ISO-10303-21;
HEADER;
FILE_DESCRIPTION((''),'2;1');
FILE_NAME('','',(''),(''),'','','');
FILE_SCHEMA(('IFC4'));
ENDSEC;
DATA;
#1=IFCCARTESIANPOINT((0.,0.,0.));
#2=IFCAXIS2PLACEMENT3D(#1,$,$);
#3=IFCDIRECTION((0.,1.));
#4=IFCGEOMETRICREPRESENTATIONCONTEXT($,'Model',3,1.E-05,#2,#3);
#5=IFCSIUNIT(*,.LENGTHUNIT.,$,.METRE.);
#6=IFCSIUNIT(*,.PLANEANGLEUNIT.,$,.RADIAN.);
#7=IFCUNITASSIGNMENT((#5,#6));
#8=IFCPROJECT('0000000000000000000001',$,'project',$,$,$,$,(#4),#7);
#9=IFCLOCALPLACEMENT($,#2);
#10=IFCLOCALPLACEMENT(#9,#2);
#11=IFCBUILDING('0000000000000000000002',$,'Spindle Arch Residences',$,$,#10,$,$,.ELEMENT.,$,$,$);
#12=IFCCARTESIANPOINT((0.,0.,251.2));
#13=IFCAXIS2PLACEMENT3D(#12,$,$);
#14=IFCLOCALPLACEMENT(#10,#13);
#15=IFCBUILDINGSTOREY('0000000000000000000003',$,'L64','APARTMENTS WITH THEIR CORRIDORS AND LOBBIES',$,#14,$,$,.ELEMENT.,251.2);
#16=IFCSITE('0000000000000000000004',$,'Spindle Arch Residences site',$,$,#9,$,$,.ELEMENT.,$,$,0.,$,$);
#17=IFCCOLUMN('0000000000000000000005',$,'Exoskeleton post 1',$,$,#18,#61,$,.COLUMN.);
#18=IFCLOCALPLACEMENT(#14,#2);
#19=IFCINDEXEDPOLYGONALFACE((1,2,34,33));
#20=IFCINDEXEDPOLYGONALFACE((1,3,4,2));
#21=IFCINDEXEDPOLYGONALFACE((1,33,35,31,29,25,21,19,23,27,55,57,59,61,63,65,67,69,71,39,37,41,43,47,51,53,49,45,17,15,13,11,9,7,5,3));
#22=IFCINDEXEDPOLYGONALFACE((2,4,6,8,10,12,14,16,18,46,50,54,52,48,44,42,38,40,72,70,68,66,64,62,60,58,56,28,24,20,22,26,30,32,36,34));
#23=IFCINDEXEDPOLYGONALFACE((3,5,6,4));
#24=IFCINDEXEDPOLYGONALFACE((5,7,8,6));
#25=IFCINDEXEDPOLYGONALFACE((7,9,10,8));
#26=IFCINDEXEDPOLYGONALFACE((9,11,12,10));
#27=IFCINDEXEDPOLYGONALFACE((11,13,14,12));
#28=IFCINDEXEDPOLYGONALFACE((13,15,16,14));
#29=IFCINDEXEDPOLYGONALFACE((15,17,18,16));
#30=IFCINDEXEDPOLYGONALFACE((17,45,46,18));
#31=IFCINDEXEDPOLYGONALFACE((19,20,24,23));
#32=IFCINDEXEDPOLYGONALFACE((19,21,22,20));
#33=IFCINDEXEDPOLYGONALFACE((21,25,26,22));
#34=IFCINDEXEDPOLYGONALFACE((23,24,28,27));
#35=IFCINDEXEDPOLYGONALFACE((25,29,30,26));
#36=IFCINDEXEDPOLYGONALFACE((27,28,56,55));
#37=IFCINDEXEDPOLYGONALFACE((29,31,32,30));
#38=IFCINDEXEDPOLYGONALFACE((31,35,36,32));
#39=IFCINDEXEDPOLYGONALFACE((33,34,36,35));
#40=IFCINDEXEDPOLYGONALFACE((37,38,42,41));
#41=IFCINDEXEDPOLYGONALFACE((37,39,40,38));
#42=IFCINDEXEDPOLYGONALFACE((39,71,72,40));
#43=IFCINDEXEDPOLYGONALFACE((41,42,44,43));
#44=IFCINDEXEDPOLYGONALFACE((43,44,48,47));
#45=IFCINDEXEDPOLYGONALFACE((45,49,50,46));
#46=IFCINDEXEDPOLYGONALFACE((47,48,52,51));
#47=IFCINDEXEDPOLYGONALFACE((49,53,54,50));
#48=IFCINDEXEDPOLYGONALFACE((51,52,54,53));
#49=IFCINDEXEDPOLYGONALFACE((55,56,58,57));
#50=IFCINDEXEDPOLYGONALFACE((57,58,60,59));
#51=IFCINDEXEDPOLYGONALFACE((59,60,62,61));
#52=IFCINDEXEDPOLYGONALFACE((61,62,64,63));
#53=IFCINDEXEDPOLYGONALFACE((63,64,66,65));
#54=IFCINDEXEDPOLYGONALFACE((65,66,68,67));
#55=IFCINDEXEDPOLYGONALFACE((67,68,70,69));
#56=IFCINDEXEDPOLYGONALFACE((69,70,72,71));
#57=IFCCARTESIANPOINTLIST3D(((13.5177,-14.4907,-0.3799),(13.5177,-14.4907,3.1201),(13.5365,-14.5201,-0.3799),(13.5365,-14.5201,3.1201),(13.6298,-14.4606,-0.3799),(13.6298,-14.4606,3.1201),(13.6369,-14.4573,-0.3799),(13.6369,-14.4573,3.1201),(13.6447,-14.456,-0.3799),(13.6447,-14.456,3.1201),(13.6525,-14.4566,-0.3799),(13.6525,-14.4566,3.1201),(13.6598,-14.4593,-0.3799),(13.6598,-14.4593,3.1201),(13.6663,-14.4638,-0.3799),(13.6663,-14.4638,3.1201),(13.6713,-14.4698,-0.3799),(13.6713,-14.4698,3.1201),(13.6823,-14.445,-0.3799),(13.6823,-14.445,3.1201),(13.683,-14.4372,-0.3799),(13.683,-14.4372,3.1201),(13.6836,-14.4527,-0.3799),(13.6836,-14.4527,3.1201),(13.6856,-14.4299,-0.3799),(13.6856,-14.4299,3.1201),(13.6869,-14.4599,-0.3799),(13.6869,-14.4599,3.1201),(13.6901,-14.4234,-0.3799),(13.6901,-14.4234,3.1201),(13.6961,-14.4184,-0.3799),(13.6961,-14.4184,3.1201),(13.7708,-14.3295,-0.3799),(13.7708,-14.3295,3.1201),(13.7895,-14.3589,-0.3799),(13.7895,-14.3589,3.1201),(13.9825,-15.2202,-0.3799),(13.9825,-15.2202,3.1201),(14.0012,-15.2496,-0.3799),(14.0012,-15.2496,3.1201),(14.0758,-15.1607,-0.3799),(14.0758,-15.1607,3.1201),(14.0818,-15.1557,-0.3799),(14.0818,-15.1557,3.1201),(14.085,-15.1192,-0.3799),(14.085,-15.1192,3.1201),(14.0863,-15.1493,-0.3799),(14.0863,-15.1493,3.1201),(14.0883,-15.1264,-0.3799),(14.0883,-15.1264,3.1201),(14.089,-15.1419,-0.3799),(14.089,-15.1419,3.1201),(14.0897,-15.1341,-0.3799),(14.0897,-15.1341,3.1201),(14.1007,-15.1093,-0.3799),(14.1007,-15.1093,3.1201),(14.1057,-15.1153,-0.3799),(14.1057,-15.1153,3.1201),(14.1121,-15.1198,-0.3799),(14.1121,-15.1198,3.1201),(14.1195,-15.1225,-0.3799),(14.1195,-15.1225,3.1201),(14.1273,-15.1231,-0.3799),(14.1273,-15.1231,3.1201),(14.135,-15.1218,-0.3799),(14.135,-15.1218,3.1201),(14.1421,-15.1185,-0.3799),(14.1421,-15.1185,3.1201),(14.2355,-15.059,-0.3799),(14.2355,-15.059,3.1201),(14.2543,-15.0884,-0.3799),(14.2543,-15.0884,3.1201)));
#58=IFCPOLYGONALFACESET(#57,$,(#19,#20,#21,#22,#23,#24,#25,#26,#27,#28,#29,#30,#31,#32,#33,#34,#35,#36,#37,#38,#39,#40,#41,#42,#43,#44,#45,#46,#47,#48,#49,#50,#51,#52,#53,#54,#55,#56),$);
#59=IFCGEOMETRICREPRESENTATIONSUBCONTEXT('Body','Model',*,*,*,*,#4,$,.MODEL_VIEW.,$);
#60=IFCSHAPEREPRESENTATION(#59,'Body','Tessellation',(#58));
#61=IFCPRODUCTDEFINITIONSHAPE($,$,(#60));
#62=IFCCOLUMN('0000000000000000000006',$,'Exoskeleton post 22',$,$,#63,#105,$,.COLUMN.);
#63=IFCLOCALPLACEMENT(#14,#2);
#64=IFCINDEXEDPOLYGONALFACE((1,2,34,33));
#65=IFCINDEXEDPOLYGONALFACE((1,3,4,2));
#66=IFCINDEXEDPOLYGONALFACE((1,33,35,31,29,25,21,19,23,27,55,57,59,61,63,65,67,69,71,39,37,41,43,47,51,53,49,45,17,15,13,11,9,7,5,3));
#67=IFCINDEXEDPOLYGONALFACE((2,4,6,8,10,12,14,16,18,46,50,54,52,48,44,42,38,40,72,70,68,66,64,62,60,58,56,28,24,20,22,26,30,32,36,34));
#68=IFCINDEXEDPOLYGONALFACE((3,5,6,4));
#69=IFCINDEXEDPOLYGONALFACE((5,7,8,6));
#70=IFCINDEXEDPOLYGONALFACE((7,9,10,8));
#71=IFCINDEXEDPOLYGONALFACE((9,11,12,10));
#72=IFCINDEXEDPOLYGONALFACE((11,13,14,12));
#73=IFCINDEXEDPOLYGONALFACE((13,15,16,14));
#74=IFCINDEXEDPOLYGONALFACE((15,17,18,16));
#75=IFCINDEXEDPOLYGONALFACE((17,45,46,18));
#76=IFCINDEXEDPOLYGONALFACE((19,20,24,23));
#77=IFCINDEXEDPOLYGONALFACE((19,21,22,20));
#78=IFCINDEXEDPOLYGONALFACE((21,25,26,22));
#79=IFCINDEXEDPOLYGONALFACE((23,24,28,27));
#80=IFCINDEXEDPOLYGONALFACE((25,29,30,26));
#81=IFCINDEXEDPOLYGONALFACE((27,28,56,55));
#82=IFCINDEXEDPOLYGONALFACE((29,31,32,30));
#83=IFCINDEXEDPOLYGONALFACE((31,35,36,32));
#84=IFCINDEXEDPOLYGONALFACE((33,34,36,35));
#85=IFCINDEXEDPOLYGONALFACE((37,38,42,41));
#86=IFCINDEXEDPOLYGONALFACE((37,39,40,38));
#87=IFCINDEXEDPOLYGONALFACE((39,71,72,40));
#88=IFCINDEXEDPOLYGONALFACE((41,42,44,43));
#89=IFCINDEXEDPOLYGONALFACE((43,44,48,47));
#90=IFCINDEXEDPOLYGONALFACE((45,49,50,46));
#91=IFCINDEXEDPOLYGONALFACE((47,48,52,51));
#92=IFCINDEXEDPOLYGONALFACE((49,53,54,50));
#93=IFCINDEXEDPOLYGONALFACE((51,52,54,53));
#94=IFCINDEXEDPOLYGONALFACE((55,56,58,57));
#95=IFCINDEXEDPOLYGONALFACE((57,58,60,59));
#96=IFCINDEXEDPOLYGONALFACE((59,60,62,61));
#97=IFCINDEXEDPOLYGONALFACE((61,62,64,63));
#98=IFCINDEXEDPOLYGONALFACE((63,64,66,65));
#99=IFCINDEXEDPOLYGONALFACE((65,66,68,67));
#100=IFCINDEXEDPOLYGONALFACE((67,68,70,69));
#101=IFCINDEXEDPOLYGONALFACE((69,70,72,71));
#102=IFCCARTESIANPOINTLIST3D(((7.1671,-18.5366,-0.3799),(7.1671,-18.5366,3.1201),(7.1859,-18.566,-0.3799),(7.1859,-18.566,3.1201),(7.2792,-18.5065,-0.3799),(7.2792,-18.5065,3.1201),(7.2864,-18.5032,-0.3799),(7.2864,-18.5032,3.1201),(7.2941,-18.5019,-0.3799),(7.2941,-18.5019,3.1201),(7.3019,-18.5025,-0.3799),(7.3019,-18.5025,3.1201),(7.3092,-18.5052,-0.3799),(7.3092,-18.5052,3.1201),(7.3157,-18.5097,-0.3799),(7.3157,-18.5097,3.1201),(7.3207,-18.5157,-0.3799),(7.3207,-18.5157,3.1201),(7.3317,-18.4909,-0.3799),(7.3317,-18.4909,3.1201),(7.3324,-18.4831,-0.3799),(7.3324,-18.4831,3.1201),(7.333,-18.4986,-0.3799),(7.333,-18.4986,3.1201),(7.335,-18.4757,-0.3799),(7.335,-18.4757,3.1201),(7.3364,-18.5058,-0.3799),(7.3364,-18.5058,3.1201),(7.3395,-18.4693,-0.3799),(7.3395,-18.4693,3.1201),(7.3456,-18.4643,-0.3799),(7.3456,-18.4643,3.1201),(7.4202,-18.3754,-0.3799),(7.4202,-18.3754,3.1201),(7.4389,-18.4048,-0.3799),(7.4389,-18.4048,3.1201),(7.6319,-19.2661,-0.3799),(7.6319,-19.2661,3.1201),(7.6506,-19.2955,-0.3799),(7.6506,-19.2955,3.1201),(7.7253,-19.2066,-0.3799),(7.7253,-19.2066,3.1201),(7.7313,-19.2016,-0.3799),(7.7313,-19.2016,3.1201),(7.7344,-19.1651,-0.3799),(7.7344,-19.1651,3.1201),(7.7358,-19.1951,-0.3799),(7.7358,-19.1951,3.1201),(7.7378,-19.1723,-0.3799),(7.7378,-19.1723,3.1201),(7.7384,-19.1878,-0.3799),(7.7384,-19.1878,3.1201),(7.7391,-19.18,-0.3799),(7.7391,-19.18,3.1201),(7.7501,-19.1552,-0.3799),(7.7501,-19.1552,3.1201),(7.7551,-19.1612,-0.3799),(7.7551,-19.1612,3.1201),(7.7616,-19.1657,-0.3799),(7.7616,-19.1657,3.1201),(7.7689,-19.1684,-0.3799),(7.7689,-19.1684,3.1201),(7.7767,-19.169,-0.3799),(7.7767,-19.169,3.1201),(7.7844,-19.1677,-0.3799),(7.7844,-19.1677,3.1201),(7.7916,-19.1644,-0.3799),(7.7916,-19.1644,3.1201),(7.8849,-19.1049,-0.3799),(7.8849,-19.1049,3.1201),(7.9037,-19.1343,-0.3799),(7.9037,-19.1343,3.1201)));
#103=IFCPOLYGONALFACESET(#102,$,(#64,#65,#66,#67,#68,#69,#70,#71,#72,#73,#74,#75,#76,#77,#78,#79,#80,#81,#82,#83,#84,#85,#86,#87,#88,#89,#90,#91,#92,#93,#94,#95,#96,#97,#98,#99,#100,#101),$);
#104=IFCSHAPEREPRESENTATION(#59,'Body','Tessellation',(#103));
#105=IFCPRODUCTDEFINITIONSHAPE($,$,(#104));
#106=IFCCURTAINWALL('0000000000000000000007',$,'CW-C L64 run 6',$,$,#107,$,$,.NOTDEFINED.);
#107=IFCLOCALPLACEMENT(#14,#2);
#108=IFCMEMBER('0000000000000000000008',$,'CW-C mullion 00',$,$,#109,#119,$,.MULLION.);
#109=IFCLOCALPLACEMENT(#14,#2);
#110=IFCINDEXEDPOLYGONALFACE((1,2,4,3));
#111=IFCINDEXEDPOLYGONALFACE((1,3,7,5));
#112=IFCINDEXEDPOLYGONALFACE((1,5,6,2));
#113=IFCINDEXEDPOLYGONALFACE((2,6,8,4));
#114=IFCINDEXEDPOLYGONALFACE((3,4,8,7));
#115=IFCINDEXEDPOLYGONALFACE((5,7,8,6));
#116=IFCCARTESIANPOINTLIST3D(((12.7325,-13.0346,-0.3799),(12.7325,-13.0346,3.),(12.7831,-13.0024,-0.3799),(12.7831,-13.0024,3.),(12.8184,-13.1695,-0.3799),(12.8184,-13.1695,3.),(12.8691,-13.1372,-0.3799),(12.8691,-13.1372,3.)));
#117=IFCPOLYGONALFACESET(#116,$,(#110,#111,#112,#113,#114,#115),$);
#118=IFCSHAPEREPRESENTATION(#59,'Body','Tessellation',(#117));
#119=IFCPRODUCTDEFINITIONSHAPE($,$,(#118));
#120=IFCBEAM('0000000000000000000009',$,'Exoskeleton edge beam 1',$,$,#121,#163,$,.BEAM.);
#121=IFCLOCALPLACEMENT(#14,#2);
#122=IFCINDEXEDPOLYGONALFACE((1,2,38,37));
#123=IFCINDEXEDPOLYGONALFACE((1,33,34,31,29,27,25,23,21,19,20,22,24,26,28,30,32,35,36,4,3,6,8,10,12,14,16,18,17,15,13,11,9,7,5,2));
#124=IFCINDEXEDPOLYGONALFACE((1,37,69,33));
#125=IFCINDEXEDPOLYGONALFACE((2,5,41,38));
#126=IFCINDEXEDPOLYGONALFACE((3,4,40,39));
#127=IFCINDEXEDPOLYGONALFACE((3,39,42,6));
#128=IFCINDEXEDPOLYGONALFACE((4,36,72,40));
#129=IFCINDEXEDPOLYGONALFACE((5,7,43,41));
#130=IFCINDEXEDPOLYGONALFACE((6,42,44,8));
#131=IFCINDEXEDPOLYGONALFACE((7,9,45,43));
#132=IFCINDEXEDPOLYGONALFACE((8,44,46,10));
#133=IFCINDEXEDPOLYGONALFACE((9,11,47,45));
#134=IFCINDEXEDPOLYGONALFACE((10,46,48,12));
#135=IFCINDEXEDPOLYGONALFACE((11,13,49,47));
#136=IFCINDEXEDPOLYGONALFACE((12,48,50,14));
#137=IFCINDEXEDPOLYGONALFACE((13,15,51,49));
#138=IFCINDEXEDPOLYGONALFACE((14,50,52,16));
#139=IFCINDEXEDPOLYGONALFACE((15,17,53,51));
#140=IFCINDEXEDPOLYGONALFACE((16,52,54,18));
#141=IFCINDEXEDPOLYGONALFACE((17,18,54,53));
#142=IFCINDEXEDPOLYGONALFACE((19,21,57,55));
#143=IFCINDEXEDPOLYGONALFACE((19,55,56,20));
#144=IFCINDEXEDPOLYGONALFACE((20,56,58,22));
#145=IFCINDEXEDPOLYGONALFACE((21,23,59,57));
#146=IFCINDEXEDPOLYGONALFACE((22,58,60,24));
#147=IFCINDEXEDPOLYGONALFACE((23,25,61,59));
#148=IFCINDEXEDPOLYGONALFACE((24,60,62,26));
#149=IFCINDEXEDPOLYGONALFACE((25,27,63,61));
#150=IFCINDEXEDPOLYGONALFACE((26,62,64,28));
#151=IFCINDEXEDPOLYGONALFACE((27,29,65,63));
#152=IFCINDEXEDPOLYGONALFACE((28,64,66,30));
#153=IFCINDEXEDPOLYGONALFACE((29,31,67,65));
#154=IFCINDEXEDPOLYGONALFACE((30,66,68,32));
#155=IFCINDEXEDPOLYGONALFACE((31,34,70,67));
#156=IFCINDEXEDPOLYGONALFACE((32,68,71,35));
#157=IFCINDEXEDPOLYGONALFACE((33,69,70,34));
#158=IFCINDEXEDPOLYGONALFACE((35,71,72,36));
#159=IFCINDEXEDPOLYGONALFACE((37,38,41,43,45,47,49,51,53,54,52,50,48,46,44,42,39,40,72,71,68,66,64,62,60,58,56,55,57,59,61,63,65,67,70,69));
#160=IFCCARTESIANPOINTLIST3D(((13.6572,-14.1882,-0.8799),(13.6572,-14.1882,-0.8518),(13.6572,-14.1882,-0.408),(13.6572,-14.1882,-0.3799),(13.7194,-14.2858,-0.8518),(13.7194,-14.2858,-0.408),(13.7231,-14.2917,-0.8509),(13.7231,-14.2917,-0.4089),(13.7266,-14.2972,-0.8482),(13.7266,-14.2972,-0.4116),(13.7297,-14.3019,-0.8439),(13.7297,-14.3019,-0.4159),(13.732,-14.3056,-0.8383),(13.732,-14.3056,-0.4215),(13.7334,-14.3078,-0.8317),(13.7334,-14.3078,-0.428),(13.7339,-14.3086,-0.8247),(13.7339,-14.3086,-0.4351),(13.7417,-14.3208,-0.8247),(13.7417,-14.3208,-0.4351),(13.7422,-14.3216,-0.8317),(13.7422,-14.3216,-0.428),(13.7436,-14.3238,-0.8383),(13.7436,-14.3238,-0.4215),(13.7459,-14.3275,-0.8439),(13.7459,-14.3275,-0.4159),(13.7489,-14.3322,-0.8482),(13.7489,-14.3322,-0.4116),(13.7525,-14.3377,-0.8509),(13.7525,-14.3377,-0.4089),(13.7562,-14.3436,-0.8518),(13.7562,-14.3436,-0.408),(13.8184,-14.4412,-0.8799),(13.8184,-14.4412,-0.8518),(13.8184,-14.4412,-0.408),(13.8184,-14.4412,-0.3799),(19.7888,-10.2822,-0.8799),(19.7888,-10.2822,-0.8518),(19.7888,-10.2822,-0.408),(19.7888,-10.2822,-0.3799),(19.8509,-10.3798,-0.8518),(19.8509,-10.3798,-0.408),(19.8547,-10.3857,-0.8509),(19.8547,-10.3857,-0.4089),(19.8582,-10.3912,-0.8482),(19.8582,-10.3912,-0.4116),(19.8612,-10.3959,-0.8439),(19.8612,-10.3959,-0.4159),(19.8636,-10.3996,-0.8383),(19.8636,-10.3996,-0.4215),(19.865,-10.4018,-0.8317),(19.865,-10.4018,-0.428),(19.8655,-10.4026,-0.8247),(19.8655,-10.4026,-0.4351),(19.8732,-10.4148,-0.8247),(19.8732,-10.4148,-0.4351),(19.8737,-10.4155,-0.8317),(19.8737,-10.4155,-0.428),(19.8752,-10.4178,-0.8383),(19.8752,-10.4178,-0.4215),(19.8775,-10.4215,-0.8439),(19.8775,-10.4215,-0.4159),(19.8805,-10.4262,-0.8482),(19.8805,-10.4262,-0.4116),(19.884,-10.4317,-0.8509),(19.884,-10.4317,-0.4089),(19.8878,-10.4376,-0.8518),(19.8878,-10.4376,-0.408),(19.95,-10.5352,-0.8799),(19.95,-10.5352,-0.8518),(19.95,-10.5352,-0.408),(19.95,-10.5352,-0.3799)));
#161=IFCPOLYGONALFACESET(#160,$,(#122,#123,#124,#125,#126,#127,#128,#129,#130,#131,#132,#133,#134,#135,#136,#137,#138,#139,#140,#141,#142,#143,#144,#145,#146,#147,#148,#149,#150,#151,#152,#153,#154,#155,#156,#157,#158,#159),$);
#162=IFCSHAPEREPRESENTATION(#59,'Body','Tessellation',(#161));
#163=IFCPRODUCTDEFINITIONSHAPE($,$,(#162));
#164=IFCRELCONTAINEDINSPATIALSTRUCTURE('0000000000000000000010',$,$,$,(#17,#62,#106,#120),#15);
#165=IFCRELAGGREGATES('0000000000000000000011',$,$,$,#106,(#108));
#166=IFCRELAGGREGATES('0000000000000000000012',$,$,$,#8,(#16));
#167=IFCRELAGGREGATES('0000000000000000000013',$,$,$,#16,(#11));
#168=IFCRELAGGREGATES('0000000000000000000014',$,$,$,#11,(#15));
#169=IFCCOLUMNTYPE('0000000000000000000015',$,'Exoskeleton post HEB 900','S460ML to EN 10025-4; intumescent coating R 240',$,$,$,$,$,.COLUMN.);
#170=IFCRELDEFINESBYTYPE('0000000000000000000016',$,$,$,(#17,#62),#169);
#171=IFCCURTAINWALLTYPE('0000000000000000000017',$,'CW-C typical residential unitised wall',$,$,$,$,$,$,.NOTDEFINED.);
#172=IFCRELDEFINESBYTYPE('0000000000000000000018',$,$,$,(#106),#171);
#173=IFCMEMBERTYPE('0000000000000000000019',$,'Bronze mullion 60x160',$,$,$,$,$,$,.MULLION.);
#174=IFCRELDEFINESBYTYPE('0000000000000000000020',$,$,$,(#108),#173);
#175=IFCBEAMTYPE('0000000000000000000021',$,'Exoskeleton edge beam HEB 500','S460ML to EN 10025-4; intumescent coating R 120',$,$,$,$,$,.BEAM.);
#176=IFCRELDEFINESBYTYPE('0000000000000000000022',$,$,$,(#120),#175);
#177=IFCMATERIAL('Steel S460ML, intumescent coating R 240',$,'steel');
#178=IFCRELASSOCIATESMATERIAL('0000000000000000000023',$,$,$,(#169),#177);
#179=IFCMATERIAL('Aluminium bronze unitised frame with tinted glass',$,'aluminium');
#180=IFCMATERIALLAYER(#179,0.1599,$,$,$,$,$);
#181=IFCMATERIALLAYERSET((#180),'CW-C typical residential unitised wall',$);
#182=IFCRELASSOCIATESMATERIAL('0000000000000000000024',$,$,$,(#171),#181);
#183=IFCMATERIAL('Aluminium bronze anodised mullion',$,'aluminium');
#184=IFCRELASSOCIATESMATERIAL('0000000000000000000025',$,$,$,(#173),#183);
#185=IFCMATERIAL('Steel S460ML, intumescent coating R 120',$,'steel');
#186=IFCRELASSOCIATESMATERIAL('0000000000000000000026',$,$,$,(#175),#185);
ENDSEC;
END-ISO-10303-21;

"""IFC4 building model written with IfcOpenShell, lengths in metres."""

from ifc_helpers import new_model, si_unit, direction, frame, origin, origin_2d, place, context, subcontext, project, spatial, rectangle, i_section, extrude, material, layer, layer_set, material_profile, profile_set, type_object, element, aggregate, save


model = new_model("IFC4")

# Units and contexts
model_context = context("Model", 3, precision=1e-05, world=origin(), true_north=direction((0.0, 1.0)))
body_context = subcontext(model_context, "Body", "Model", "MODEL_VIEW")
ifc_project = project(units=[si_unit("LENGTHUNIT", "METRE"), si_unit("PLANEANGLEUNIT", "RADIAN")], contexts=[model_context])

# Site, building, storey
site_placement = place(None, origin())
site = spatial("IfcSite", under=ifc_project, at=site_placement, Name="Spindle Arch Residences site", CompositionType="ELEMENT", RefElevation=0.0)
building_placement = place(site_placement, origin())
building = spatial("IfcBuilding", under=site, at=building_placement, Name="Spindle Arch Residences", CompositionType="ELEMENT")
storey_placement = place(building_placement, frame((0.0, 0.0, 251.2)))
storey = spatial("IfcBuildingStorey", under=building, at=storey_placement, Name="L64", Description="APARTMENTS WITH THEIR CORRIDORS AND LOBBIES", CompositionType="ELEMENT", Elevation=251.2)

# Columns
ifc_material_1 = material(Name="Steel S460ML, intumescent coating R 240", Category="steel")
ifc_material_profile_1 = material_profile(ifc_material_1, i_section(OverallWidth=0.3, OverallDepth=0.8999, WebThickness=0.0186, FlangeThickness=0.0349, FilletRadius=0.03, at=origin_2d()), Name="HEB 900")
ifc_profile_set_1 = profile_set([ifc_material_profile_1], Name="Steel S460ML, intumescent coating R 240")
column_type = type_object("IfcColumnType", Name="Exoskeleton post HEB 900", Description="S460ML to EN 10025-4; intumescent coating R 240", PredefinedType="COLUMN", material=ifc_profile_set_1)
for number, where, z_axis, x_axis, name in (
    (1, (13.886, -14.7896, -0.3799), (0.0, 0.0, 1.0), (-0.843391, -0.5373, 0.0), "Exoskeleton post 1"),
    (2, (7.5354, -18.8354, -0.3799), (0.0, 0.0, 1.0), (-0.843391, -0.5373, 0.0), "Exoskeleton post 22"),
):
    element("IfcColumn", number, at=place(storey_placement, frame(where, z_axis=z_axis, x_axis=x_axis)), inside=storey, type_object=column_type, Name=name, PredefinedType="COLUMN", context=body_context, shape_type="SweptSolid", body=[
        extrude(i_section(OverallWidth=0.3, OverallDepth=0.8999, WebThickness=0.0186, FlangeThickness=0.0349, FilletRadius=0.03, at=origin_2d()), origin(), (0.0, 0.0, 1.0), 3.5),
    ])

# Curtain wall, member
ifc_material_2 = material(Name="Aluminium bronze unitised frame with tinted glass", Category="aluminium")
ifc_layer_1 = layer(ifc_material_2, 0.1599)
ifc_layer_set_1 = layer_set([ifc_layer_1], Name="CW-C typical residential unitised wall")
curtain_wall_type = type_object("IfcCurtainWallType", Name="CW-C typical residential unitised wall", PredefinedType="NOTDEFINED", material=ifc_layer_set_1)
curtain_wall_placement = place(storey_placement, origin())
curtain_wall = element("IfcCurtainWall", 3, at=curtain_wall_placement, inside=storey, type_object=curtain_wall_type, Name="CW-C L64 run 6", PredefinedType="NOTDEFINED")
ifc_material_3 = material(Name="Aluminium bronze anodised mullion", Category="aluminium")
ifc_material_profile_2 = material_profile(ifc_material_3, rectangle(XDim=0.1599, YDim=0.0601, at=origin_2d()), Name="MU 60x160")
ifc_profile_set_2 = profile_set([ifc_material_profile_2], Name="Aluminium bronze anodised mullion")
member_type = type_object("IfcMemberType", Name="Bronze mullion 60x160", PredefinedType="MULLION", material=ifc_profile_set_2)
member_placement = place(storey_placement, frame((12.8008, -13.0859, -0.3799), z_axis=(0.0, 0.0, 1.0), x_axis=(-0.5373, 0.843391, 0.0)))
member = element("IfcMember", 4, at=member_placement, type_object=member_type, Name="CW-C mullion 00", PredefinedType="MULLION", context=body_context, shape_type="SweptSolid", body=[
    extrude(rectangle(XDim=0.1599, YDim=0.0601, at=origin_2d()), origin(), (0.0, 0.0, 1.0), 3.3799),
])

# Beam
ifc_material_4 = material(Name="Steel S460ML, intumescent coating R 120", Category="steel")
ifc_material_profile_3 = material_profile(ifc_material_4, i_section(OverallWidth=0.3, OverallDepth=0.5, WebThickness=0.0144, FlangeThickness=0.0281, FilletRadius=0.0271, at=origin_2d()), Name="HEB 500")
ifc_profile_set_3 = profile_set([ifc_material_profile_3], Name="Steel S460ML, intumescent coating R 120")
beam_type_1 = type_object("IfcBeamType", Name="Exoskeleton edge beam HEB 500", Description="S460ML to EN 10025-4; intumescent coating R 120", PredefinedType="BEAM", material=ifc_profile_set_3)
beam_1_placement = place(storey_placement, frame((13.7378, -14.3147, -0.6299), z_axis=(0.843407, 0.537275, 0.0), x_axis=(-0.537275, 0.843407, 0.0)))
element("IfcBeam", 5, at=beam_1_placement, inside=storey, type_object=beam_type_1, Name="Exoskeleton edge beam 1", PredefinedType="BEAM", context=body_context, shape_type="SweptSolid", body=[
    extrude(i_section(OverallWidth=0.3, OverallDepth=0.5, WebThickness=0.0144, FlangeThickness=0.0281, FilletRadius=0.0271, at=origin_2d()), origin(), (0.0, 0.0, 1.0), 7.27),
])

aggregate(curtain_wall, [member])

save(model, "model.ifc")
